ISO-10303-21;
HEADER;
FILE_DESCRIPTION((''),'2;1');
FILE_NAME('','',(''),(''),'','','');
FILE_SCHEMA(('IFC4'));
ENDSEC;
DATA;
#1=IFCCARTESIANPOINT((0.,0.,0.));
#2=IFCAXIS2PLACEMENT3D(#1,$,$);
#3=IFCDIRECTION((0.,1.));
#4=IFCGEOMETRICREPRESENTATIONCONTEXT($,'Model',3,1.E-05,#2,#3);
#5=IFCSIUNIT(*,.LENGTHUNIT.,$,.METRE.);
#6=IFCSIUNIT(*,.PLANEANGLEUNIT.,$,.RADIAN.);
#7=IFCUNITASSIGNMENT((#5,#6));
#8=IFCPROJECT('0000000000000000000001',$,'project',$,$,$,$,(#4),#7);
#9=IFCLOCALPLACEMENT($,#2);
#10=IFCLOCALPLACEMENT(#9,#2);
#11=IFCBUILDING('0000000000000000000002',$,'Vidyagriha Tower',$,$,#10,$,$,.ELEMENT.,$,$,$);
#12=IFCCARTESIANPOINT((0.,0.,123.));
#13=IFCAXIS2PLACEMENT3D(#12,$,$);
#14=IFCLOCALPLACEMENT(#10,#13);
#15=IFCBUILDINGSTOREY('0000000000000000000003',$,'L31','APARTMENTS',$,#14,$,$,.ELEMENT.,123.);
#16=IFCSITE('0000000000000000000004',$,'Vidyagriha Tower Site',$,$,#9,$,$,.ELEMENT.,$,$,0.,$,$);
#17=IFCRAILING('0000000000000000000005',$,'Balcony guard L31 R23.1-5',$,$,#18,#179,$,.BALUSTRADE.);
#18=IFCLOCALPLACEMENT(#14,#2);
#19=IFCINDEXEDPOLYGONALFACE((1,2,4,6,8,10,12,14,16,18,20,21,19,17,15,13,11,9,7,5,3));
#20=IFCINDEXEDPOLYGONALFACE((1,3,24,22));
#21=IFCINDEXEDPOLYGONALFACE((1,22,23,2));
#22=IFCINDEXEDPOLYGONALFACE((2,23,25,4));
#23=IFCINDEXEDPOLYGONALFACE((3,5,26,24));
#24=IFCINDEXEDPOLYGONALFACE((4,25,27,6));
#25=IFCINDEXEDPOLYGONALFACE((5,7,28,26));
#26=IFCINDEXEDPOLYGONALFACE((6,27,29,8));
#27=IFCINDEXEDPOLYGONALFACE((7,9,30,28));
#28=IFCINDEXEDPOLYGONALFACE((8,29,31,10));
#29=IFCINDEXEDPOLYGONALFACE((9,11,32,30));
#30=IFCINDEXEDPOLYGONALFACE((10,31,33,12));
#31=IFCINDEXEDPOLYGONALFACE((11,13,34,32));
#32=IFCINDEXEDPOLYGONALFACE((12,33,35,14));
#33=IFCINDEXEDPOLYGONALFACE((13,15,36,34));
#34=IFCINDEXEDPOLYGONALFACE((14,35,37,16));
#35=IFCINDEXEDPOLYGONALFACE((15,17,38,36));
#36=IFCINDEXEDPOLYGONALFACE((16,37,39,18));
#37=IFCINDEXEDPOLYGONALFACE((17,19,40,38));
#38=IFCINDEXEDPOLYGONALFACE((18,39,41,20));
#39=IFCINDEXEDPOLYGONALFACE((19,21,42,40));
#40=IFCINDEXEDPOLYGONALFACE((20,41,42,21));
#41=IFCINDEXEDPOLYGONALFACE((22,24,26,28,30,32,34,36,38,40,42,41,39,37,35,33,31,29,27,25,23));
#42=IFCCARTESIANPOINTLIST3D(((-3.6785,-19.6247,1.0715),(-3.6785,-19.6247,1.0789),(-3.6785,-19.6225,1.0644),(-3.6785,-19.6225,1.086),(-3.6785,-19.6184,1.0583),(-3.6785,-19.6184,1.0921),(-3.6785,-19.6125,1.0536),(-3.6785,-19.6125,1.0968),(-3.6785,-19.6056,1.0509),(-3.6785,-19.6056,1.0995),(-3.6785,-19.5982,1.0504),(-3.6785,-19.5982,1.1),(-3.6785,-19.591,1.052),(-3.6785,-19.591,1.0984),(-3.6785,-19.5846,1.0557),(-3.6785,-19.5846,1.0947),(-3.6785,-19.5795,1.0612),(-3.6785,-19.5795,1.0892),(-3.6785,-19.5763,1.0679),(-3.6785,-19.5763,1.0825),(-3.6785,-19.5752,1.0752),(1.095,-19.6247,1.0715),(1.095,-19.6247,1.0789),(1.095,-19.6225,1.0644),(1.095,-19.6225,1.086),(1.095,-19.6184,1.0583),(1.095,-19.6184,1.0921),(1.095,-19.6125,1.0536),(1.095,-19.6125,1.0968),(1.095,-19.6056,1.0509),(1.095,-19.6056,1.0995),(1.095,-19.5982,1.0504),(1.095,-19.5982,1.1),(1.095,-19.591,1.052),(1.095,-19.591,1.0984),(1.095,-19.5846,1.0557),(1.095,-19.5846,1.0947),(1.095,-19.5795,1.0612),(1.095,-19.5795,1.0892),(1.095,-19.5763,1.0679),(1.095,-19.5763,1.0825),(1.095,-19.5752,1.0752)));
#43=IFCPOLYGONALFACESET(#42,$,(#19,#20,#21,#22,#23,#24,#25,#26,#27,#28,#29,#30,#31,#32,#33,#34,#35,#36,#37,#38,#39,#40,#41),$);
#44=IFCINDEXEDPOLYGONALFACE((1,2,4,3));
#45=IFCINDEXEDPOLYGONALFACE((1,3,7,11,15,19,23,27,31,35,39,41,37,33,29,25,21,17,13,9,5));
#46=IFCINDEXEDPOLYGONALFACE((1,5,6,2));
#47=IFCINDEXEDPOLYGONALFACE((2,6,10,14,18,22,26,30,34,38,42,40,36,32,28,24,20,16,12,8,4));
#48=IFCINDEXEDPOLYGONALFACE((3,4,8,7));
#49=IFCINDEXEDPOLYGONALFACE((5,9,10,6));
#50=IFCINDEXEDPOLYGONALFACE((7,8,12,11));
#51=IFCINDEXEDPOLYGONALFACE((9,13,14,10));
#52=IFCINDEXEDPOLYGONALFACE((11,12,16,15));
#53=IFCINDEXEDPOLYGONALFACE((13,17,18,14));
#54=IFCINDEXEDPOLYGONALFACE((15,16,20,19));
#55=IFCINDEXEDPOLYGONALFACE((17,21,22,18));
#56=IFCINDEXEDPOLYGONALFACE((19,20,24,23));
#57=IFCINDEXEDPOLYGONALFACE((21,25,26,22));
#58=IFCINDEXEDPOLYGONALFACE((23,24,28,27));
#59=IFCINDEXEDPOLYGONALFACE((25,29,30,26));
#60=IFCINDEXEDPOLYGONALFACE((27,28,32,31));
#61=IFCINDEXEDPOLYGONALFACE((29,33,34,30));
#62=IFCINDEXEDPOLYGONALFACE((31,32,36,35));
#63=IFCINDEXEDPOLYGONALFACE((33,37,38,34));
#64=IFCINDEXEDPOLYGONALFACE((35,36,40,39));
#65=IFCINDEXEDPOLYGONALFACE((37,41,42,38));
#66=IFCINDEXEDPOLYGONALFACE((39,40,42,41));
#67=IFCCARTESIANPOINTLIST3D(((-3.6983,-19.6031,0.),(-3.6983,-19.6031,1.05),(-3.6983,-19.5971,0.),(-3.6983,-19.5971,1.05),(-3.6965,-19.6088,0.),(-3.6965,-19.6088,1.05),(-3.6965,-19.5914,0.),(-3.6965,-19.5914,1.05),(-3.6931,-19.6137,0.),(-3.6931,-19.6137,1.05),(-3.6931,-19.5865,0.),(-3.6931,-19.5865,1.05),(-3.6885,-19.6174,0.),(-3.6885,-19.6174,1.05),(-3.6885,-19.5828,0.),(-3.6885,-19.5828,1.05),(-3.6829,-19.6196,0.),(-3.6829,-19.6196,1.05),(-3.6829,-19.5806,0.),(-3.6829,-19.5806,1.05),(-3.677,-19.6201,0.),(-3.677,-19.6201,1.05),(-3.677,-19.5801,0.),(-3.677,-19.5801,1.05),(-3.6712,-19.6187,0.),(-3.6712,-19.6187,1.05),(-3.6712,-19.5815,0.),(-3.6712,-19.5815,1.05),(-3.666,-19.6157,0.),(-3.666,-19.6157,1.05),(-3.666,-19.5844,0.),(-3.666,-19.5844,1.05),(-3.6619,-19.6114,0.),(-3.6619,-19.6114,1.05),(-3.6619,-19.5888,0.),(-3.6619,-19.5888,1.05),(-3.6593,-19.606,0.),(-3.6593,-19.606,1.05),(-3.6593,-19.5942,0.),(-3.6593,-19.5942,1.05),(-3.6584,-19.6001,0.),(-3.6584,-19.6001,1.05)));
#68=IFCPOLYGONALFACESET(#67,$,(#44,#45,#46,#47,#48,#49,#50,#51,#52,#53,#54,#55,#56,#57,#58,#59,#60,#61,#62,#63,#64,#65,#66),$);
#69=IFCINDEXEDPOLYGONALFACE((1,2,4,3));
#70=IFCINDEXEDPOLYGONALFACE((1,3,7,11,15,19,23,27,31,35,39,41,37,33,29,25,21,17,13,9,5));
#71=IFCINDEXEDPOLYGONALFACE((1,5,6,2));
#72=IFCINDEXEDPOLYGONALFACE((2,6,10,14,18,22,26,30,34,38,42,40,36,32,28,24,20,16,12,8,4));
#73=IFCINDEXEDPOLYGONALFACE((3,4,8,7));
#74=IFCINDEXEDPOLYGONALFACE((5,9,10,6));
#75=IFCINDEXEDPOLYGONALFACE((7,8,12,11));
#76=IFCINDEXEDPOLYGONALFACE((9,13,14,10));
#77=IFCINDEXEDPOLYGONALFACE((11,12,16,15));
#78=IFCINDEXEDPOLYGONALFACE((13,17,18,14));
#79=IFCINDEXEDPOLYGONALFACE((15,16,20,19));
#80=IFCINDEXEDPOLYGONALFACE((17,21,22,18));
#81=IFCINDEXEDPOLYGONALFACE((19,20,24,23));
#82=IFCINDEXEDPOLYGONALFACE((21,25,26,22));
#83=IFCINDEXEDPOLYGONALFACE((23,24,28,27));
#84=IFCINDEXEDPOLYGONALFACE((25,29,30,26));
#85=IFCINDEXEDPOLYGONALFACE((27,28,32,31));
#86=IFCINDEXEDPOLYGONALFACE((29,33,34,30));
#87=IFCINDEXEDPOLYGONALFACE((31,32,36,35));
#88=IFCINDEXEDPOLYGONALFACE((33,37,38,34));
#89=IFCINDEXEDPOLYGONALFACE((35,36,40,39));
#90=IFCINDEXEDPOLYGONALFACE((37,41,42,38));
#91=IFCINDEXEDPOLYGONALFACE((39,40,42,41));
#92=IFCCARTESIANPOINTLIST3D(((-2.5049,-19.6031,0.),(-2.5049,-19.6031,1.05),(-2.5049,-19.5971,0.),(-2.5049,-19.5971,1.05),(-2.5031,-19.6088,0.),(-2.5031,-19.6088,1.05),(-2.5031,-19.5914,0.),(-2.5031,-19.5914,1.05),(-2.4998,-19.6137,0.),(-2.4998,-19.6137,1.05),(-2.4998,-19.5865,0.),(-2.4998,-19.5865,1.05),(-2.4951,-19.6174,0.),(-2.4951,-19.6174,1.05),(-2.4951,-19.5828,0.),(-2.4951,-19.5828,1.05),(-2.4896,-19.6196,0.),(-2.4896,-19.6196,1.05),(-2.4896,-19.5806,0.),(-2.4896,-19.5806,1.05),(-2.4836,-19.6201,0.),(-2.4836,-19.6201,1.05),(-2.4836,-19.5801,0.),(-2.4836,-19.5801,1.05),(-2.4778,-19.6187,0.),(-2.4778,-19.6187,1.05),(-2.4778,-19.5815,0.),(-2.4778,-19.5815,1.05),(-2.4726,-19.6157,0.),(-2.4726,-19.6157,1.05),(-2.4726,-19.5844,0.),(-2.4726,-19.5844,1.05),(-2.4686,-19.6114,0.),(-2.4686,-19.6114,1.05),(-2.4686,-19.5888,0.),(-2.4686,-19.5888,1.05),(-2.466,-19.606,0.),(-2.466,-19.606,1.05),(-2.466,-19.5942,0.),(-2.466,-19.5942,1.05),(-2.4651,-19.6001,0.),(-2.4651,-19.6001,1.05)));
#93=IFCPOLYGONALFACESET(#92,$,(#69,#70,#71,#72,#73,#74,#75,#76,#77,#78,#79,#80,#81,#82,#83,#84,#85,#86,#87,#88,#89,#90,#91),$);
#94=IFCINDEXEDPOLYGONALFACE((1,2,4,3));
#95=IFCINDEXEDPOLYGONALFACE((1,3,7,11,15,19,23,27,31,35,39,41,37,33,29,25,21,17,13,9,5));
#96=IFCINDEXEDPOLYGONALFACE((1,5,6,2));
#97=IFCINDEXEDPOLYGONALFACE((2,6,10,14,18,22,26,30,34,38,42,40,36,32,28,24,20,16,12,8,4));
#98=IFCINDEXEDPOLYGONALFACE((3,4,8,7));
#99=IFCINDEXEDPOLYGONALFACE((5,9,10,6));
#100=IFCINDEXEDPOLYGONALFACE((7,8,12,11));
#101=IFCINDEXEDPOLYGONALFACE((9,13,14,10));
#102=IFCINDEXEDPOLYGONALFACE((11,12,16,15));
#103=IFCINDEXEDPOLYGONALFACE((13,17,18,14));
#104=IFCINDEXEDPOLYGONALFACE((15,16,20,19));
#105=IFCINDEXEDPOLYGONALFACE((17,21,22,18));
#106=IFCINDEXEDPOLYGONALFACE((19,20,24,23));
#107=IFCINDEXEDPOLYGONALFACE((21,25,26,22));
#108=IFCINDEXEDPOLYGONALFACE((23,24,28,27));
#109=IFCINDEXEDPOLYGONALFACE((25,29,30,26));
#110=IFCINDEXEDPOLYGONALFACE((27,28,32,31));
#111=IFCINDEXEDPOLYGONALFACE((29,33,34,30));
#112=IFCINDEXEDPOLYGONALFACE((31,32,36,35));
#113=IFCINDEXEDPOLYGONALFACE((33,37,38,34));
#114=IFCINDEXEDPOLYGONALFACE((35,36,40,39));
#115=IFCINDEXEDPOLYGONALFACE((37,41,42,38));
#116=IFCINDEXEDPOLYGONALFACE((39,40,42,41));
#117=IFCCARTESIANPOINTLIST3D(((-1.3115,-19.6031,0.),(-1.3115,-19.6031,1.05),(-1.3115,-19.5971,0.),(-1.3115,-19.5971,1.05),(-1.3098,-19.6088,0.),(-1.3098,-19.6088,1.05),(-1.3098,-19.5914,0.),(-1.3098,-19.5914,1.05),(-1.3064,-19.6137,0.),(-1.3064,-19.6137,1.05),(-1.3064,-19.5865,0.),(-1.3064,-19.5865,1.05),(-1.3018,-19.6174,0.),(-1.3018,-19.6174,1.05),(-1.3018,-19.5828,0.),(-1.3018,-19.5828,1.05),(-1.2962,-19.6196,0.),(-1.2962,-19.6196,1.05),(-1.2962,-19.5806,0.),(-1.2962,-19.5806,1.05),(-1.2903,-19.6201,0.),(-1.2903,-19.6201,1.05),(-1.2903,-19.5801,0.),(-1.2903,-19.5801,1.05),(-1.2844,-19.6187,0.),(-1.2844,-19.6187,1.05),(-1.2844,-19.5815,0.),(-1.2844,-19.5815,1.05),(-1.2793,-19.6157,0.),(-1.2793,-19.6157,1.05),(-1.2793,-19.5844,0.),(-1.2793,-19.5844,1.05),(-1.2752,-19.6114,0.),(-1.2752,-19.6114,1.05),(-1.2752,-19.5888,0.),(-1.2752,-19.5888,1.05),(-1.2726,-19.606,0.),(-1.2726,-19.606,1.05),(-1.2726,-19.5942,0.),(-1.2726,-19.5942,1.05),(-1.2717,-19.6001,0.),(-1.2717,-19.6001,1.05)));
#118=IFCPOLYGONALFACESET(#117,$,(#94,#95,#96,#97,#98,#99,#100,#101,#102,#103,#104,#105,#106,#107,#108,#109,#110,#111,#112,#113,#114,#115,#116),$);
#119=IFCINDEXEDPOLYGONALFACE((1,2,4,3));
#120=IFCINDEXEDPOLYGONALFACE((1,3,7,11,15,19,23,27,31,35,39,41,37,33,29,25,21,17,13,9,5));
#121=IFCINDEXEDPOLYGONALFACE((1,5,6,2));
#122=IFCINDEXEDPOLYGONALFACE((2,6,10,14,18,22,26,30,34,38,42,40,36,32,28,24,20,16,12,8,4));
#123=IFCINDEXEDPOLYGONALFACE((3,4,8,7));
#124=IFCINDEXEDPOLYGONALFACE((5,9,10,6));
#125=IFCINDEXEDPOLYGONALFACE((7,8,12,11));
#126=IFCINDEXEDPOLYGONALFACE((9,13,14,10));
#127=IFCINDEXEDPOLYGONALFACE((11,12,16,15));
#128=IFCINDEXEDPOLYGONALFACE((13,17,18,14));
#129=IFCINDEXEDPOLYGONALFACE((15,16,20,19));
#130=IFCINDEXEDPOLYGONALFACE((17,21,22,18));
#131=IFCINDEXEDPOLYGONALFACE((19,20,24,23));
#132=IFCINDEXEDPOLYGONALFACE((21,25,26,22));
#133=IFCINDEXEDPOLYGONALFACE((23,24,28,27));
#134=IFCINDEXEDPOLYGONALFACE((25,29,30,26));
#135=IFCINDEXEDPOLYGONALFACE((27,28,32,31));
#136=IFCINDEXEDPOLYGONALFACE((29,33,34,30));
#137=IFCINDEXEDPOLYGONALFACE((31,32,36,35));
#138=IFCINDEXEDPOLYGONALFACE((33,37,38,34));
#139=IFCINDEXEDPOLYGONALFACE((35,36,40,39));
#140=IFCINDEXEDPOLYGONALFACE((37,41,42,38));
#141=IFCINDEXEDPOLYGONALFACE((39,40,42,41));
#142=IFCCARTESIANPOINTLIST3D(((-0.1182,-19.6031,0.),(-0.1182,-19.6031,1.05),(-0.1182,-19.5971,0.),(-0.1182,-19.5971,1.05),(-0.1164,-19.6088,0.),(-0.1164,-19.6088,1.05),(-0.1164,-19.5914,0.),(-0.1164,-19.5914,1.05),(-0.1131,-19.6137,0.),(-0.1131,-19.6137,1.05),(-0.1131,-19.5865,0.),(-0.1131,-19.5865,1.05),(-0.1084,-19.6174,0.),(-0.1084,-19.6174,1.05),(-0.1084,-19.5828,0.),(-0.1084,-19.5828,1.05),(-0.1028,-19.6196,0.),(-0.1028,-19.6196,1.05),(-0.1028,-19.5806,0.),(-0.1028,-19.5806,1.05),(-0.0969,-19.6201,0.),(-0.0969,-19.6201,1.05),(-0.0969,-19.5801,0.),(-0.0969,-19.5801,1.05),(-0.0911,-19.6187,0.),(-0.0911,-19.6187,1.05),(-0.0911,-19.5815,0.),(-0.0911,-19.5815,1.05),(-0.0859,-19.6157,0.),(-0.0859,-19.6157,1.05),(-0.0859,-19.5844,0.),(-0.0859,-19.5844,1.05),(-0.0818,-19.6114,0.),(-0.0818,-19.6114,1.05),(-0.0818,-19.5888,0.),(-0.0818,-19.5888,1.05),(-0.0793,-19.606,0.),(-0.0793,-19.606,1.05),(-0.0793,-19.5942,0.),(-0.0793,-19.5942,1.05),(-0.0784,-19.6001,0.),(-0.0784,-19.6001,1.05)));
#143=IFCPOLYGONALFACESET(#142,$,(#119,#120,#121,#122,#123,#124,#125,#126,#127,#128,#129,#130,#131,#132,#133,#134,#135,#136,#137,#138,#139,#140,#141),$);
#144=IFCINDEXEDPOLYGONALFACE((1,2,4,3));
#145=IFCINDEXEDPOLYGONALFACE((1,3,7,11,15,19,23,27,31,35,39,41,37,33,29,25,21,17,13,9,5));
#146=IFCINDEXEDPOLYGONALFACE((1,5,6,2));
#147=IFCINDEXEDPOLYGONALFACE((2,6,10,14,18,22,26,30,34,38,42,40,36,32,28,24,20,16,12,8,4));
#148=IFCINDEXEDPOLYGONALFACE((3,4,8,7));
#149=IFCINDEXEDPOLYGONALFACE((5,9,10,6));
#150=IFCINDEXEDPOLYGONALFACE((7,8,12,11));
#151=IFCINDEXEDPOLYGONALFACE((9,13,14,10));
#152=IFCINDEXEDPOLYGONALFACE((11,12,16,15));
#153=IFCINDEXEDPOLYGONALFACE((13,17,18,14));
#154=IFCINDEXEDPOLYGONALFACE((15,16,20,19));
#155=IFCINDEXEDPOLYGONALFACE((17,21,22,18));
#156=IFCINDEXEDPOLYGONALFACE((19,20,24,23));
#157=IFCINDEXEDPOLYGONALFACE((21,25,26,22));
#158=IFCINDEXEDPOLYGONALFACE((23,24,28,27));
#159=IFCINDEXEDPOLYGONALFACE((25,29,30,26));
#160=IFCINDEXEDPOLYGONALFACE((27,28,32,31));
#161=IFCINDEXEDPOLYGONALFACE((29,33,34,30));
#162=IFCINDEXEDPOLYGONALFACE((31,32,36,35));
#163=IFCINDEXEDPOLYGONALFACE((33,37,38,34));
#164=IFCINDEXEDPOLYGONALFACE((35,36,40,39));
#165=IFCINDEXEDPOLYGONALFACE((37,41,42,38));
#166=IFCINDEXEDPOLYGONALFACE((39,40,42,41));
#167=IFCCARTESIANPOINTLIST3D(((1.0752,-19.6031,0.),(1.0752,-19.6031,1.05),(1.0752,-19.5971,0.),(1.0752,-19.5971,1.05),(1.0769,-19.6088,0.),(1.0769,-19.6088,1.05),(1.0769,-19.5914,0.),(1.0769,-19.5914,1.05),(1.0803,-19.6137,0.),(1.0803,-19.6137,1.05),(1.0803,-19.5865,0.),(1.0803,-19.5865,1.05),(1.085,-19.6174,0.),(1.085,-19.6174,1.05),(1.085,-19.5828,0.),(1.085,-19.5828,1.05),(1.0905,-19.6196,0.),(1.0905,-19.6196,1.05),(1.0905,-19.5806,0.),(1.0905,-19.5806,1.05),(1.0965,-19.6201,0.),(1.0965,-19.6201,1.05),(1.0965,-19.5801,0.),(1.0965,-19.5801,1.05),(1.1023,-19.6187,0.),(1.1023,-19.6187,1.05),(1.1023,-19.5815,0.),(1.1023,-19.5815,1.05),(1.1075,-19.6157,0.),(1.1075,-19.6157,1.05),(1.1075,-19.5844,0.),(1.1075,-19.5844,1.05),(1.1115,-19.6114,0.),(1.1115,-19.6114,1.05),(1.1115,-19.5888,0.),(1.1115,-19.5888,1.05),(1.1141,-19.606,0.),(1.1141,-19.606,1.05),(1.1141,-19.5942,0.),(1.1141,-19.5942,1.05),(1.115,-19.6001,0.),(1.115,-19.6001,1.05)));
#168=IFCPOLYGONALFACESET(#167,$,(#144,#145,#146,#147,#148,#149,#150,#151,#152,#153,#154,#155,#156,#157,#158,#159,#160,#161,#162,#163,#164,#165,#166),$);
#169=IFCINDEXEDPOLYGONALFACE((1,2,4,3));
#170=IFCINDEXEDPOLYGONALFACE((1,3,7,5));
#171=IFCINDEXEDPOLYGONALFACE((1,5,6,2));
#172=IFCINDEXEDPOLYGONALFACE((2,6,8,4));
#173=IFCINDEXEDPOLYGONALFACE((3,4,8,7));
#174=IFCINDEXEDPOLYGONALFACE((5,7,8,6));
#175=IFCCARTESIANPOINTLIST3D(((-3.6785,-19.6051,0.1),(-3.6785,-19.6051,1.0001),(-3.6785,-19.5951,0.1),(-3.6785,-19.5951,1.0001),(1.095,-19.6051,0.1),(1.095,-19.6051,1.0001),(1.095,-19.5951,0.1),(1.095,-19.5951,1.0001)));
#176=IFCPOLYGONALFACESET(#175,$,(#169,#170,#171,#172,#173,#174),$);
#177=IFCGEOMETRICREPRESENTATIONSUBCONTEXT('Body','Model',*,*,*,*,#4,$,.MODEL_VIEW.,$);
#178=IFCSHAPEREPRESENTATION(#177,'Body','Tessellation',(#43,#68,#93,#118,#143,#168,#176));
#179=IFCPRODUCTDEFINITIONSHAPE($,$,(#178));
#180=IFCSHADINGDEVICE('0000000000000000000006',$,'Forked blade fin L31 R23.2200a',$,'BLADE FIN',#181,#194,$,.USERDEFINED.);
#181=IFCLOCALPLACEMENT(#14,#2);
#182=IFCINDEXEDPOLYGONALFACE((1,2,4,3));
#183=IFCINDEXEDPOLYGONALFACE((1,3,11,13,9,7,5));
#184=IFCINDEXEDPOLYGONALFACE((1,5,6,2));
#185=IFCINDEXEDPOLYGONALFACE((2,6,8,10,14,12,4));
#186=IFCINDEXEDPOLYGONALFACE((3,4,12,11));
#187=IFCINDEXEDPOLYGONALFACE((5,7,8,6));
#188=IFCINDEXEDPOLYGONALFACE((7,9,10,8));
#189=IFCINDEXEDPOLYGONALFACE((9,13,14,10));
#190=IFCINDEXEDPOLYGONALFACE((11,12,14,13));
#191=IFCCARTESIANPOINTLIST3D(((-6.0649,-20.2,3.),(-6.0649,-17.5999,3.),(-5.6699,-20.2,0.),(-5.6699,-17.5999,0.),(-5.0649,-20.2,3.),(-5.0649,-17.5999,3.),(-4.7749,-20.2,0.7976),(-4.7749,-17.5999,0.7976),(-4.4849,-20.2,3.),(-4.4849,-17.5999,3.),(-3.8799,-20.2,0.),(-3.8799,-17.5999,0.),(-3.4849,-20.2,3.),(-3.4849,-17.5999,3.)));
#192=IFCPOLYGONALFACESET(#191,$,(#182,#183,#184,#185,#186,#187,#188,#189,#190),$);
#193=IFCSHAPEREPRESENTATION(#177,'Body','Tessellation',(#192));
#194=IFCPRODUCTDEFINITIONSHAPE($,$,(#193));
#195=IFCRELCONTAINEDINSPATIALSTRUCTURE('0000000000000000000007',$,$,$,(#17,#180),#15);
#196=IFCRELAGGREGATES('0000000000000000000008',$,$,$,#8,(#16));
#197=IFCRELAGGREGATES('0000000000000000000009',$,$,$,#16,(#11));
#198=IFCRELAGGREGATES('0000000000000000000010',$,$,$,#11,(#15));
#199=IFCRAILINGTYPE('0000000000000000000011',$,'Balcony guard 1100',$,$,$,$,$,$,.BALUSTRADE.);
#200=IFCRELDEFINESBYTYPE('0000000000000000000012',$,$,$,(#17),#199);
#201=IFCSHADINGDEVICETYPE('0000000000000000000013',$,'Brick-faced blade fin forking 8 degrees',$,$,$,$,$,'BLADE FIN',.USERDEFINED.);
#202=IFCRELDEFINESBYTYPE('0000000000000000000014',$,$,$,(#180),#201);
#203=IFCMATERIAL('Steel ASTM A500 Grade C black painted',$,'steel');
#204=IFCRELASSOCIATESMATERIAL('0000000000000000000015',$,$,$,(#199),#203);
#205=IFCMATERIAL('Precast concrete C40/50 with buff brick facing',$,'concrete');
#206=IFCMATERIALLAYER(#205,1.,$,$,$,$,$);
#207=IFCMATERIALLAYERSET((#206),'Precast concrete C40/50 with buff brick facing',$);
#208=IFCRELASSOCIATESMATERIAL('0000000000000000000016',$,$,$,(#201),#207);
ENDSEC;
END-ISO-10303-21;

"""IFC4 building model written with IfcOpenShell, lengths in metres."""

from ifc_helpers import new_model, si_unit, direction, frame, origin, origin_2d, place, context, subcontext, project, spatial, polyline, rectangle, circle, outline, extrude, material, layer, layer_set, type_object, element, save


model = new_model("IFC4")

# Units and contexts
model_context = context("Model", 3, precision=1e-05, world=origin(), true_north=direction((0.0, 1.0)))
body_context = subcontext(model_context, "Body", "Model", "MODEL_VIEW")
ifc_project = project(units=[si_unit("LENGTHUNIT", "METRE"), si_unit("PLANEANGLEUNIT", "RADIAN")], contexts=[model_context])

# Site, building, storey
site_placement = place(None, origin())
site = spatial("IfcSite", under=ifc_project, at=site_placement, Name="Vidyagriha Tower Site", CompositionType="ELEMENT", RefElevation=0.0)
building_placement = place(site_placement, origin())
building = spatial("IfcBuilding", under=site, at=building_placement, Name="Vidyagriha Tower", CompositionType="ELEMENT")
storey_placement = place(building_placement, frame((0.0, 0.0, 123.0)))
storey = spatial("IfcBuildingStorey", under=building, at=storey_placement, Name="L31", Description="APARTMENTS", CompositionType="ELEMENT", Elevation=123.0)

# Railing
ifc_material_1 = material(Name="Steel ASTM A500 Grade C black painted", Category="steel")
railing_type = type_object("IfcRailingType", Name="Balcony guard 1100", PredefinedType="BALUSTRADE", material=ifc_material_1)
railing_1_placement = place(storey_placement, frame((-3.6785, -19.6001, 0.0)))
element("IfcRailing", 1, at=railing_1_placement, inside=storey, type_object=railing_type, Name="Balcony guard L31 R23.1-5", PredefinedType="BALUSTRADE", context=body_context, shape_type="SweptSolid", body=[
    extrude(circle(Radius=0.0249, at=origin_2d()), frame((0.0, 0.0, 1.0752), z_axis=(1.0, 0.0, 0.0), x_axis=(0.0, 1.0, 0.0)), (0.0, 0.0, 1.0), 4.7734),
    extrude(circle(Radius=0.02, at=origin_2d()), origin(), (0.0, 0.0, 1.0), 1.05),
    extrude(circle(Radius=0.02, at=origin_2d()), frame((1.1934, 0.0, 0.0)), (0.0, 0.0, 1.0), 1.05),
    extrude(circle(Radius=0.02, at=origin_2d()), frame((2.3867, 0.0, 0.0)), (0.0, 0.0, 1.0), 1.05),
    extrude(circle(Radius=0.02, at=origin_2d()), frame((3.5801, 0.0, 0.0)), (0.0, 0.0, 1.0), 1.05),
    extrude(circle(Radius=0.02, at=origin_2d()), frame((4.7734, 0.0, 0.0)), (0.0, 0.0, 1.0), 1.05),
    extrude(rectangle(XDim=0.01, YDim=0.9001, at=origin_2d()), frame((0.0, 0.0, 0.55), z_axis=(1.0, 0.0, 0.0), x_axis=(0.0, 1.0, 0.0)), (0.0, 0.0, 1.0), 4.7734),
])

# Shading device
ifc_material_2 = material(Name="Precast concrete C40/50 with buff brick facing", Category="concrete")
ifc_layer_1 = layer(ifc_material_2, 1.0)
ifc_layer_set_1 = layer_set([ifc_layer_1], Name="Precast concrete C40/50 with buff brick facing")
shading_device_type = type_object("IfcShadingDeviceType", Name="Brick-faced blade fin forking 8 degrees", ElementType="BLADE FIN", PredefinedType="USERDEFINED", material=ifc_layer_set_1)
shading_device_placement = place(storey_placement, frame((-6.0649, -18.8999, 0.0)))
element("IfcShadingDevice", 2, at=shading_device_placement, inside=storey, type_object=shading_device_type, Name="Forked blade fin L31 R23.2200a", ObjectType="BLADE FIN", PredefinedType="USERDEFINED", context=body_context, shape_type="SweptSolid", body=[
    extrude(outline(polyline([(0.395, 0.0), (2.1851, 0.0), (2.5801, 3.0), (1.5801, 3.0), (1.29, 0.7976), (1.0, 3.0), (0.0, 3.0), (0.395, 0.0)])), frame((0.0, 1.3, 0.0), z_axis=(0.0, -1.0, 0.0), x_axis=(1.0, 0.0, 0.0)), (0.0, 0.0, 1.0), 2.6001),
])

save(model, "model.ifc")
